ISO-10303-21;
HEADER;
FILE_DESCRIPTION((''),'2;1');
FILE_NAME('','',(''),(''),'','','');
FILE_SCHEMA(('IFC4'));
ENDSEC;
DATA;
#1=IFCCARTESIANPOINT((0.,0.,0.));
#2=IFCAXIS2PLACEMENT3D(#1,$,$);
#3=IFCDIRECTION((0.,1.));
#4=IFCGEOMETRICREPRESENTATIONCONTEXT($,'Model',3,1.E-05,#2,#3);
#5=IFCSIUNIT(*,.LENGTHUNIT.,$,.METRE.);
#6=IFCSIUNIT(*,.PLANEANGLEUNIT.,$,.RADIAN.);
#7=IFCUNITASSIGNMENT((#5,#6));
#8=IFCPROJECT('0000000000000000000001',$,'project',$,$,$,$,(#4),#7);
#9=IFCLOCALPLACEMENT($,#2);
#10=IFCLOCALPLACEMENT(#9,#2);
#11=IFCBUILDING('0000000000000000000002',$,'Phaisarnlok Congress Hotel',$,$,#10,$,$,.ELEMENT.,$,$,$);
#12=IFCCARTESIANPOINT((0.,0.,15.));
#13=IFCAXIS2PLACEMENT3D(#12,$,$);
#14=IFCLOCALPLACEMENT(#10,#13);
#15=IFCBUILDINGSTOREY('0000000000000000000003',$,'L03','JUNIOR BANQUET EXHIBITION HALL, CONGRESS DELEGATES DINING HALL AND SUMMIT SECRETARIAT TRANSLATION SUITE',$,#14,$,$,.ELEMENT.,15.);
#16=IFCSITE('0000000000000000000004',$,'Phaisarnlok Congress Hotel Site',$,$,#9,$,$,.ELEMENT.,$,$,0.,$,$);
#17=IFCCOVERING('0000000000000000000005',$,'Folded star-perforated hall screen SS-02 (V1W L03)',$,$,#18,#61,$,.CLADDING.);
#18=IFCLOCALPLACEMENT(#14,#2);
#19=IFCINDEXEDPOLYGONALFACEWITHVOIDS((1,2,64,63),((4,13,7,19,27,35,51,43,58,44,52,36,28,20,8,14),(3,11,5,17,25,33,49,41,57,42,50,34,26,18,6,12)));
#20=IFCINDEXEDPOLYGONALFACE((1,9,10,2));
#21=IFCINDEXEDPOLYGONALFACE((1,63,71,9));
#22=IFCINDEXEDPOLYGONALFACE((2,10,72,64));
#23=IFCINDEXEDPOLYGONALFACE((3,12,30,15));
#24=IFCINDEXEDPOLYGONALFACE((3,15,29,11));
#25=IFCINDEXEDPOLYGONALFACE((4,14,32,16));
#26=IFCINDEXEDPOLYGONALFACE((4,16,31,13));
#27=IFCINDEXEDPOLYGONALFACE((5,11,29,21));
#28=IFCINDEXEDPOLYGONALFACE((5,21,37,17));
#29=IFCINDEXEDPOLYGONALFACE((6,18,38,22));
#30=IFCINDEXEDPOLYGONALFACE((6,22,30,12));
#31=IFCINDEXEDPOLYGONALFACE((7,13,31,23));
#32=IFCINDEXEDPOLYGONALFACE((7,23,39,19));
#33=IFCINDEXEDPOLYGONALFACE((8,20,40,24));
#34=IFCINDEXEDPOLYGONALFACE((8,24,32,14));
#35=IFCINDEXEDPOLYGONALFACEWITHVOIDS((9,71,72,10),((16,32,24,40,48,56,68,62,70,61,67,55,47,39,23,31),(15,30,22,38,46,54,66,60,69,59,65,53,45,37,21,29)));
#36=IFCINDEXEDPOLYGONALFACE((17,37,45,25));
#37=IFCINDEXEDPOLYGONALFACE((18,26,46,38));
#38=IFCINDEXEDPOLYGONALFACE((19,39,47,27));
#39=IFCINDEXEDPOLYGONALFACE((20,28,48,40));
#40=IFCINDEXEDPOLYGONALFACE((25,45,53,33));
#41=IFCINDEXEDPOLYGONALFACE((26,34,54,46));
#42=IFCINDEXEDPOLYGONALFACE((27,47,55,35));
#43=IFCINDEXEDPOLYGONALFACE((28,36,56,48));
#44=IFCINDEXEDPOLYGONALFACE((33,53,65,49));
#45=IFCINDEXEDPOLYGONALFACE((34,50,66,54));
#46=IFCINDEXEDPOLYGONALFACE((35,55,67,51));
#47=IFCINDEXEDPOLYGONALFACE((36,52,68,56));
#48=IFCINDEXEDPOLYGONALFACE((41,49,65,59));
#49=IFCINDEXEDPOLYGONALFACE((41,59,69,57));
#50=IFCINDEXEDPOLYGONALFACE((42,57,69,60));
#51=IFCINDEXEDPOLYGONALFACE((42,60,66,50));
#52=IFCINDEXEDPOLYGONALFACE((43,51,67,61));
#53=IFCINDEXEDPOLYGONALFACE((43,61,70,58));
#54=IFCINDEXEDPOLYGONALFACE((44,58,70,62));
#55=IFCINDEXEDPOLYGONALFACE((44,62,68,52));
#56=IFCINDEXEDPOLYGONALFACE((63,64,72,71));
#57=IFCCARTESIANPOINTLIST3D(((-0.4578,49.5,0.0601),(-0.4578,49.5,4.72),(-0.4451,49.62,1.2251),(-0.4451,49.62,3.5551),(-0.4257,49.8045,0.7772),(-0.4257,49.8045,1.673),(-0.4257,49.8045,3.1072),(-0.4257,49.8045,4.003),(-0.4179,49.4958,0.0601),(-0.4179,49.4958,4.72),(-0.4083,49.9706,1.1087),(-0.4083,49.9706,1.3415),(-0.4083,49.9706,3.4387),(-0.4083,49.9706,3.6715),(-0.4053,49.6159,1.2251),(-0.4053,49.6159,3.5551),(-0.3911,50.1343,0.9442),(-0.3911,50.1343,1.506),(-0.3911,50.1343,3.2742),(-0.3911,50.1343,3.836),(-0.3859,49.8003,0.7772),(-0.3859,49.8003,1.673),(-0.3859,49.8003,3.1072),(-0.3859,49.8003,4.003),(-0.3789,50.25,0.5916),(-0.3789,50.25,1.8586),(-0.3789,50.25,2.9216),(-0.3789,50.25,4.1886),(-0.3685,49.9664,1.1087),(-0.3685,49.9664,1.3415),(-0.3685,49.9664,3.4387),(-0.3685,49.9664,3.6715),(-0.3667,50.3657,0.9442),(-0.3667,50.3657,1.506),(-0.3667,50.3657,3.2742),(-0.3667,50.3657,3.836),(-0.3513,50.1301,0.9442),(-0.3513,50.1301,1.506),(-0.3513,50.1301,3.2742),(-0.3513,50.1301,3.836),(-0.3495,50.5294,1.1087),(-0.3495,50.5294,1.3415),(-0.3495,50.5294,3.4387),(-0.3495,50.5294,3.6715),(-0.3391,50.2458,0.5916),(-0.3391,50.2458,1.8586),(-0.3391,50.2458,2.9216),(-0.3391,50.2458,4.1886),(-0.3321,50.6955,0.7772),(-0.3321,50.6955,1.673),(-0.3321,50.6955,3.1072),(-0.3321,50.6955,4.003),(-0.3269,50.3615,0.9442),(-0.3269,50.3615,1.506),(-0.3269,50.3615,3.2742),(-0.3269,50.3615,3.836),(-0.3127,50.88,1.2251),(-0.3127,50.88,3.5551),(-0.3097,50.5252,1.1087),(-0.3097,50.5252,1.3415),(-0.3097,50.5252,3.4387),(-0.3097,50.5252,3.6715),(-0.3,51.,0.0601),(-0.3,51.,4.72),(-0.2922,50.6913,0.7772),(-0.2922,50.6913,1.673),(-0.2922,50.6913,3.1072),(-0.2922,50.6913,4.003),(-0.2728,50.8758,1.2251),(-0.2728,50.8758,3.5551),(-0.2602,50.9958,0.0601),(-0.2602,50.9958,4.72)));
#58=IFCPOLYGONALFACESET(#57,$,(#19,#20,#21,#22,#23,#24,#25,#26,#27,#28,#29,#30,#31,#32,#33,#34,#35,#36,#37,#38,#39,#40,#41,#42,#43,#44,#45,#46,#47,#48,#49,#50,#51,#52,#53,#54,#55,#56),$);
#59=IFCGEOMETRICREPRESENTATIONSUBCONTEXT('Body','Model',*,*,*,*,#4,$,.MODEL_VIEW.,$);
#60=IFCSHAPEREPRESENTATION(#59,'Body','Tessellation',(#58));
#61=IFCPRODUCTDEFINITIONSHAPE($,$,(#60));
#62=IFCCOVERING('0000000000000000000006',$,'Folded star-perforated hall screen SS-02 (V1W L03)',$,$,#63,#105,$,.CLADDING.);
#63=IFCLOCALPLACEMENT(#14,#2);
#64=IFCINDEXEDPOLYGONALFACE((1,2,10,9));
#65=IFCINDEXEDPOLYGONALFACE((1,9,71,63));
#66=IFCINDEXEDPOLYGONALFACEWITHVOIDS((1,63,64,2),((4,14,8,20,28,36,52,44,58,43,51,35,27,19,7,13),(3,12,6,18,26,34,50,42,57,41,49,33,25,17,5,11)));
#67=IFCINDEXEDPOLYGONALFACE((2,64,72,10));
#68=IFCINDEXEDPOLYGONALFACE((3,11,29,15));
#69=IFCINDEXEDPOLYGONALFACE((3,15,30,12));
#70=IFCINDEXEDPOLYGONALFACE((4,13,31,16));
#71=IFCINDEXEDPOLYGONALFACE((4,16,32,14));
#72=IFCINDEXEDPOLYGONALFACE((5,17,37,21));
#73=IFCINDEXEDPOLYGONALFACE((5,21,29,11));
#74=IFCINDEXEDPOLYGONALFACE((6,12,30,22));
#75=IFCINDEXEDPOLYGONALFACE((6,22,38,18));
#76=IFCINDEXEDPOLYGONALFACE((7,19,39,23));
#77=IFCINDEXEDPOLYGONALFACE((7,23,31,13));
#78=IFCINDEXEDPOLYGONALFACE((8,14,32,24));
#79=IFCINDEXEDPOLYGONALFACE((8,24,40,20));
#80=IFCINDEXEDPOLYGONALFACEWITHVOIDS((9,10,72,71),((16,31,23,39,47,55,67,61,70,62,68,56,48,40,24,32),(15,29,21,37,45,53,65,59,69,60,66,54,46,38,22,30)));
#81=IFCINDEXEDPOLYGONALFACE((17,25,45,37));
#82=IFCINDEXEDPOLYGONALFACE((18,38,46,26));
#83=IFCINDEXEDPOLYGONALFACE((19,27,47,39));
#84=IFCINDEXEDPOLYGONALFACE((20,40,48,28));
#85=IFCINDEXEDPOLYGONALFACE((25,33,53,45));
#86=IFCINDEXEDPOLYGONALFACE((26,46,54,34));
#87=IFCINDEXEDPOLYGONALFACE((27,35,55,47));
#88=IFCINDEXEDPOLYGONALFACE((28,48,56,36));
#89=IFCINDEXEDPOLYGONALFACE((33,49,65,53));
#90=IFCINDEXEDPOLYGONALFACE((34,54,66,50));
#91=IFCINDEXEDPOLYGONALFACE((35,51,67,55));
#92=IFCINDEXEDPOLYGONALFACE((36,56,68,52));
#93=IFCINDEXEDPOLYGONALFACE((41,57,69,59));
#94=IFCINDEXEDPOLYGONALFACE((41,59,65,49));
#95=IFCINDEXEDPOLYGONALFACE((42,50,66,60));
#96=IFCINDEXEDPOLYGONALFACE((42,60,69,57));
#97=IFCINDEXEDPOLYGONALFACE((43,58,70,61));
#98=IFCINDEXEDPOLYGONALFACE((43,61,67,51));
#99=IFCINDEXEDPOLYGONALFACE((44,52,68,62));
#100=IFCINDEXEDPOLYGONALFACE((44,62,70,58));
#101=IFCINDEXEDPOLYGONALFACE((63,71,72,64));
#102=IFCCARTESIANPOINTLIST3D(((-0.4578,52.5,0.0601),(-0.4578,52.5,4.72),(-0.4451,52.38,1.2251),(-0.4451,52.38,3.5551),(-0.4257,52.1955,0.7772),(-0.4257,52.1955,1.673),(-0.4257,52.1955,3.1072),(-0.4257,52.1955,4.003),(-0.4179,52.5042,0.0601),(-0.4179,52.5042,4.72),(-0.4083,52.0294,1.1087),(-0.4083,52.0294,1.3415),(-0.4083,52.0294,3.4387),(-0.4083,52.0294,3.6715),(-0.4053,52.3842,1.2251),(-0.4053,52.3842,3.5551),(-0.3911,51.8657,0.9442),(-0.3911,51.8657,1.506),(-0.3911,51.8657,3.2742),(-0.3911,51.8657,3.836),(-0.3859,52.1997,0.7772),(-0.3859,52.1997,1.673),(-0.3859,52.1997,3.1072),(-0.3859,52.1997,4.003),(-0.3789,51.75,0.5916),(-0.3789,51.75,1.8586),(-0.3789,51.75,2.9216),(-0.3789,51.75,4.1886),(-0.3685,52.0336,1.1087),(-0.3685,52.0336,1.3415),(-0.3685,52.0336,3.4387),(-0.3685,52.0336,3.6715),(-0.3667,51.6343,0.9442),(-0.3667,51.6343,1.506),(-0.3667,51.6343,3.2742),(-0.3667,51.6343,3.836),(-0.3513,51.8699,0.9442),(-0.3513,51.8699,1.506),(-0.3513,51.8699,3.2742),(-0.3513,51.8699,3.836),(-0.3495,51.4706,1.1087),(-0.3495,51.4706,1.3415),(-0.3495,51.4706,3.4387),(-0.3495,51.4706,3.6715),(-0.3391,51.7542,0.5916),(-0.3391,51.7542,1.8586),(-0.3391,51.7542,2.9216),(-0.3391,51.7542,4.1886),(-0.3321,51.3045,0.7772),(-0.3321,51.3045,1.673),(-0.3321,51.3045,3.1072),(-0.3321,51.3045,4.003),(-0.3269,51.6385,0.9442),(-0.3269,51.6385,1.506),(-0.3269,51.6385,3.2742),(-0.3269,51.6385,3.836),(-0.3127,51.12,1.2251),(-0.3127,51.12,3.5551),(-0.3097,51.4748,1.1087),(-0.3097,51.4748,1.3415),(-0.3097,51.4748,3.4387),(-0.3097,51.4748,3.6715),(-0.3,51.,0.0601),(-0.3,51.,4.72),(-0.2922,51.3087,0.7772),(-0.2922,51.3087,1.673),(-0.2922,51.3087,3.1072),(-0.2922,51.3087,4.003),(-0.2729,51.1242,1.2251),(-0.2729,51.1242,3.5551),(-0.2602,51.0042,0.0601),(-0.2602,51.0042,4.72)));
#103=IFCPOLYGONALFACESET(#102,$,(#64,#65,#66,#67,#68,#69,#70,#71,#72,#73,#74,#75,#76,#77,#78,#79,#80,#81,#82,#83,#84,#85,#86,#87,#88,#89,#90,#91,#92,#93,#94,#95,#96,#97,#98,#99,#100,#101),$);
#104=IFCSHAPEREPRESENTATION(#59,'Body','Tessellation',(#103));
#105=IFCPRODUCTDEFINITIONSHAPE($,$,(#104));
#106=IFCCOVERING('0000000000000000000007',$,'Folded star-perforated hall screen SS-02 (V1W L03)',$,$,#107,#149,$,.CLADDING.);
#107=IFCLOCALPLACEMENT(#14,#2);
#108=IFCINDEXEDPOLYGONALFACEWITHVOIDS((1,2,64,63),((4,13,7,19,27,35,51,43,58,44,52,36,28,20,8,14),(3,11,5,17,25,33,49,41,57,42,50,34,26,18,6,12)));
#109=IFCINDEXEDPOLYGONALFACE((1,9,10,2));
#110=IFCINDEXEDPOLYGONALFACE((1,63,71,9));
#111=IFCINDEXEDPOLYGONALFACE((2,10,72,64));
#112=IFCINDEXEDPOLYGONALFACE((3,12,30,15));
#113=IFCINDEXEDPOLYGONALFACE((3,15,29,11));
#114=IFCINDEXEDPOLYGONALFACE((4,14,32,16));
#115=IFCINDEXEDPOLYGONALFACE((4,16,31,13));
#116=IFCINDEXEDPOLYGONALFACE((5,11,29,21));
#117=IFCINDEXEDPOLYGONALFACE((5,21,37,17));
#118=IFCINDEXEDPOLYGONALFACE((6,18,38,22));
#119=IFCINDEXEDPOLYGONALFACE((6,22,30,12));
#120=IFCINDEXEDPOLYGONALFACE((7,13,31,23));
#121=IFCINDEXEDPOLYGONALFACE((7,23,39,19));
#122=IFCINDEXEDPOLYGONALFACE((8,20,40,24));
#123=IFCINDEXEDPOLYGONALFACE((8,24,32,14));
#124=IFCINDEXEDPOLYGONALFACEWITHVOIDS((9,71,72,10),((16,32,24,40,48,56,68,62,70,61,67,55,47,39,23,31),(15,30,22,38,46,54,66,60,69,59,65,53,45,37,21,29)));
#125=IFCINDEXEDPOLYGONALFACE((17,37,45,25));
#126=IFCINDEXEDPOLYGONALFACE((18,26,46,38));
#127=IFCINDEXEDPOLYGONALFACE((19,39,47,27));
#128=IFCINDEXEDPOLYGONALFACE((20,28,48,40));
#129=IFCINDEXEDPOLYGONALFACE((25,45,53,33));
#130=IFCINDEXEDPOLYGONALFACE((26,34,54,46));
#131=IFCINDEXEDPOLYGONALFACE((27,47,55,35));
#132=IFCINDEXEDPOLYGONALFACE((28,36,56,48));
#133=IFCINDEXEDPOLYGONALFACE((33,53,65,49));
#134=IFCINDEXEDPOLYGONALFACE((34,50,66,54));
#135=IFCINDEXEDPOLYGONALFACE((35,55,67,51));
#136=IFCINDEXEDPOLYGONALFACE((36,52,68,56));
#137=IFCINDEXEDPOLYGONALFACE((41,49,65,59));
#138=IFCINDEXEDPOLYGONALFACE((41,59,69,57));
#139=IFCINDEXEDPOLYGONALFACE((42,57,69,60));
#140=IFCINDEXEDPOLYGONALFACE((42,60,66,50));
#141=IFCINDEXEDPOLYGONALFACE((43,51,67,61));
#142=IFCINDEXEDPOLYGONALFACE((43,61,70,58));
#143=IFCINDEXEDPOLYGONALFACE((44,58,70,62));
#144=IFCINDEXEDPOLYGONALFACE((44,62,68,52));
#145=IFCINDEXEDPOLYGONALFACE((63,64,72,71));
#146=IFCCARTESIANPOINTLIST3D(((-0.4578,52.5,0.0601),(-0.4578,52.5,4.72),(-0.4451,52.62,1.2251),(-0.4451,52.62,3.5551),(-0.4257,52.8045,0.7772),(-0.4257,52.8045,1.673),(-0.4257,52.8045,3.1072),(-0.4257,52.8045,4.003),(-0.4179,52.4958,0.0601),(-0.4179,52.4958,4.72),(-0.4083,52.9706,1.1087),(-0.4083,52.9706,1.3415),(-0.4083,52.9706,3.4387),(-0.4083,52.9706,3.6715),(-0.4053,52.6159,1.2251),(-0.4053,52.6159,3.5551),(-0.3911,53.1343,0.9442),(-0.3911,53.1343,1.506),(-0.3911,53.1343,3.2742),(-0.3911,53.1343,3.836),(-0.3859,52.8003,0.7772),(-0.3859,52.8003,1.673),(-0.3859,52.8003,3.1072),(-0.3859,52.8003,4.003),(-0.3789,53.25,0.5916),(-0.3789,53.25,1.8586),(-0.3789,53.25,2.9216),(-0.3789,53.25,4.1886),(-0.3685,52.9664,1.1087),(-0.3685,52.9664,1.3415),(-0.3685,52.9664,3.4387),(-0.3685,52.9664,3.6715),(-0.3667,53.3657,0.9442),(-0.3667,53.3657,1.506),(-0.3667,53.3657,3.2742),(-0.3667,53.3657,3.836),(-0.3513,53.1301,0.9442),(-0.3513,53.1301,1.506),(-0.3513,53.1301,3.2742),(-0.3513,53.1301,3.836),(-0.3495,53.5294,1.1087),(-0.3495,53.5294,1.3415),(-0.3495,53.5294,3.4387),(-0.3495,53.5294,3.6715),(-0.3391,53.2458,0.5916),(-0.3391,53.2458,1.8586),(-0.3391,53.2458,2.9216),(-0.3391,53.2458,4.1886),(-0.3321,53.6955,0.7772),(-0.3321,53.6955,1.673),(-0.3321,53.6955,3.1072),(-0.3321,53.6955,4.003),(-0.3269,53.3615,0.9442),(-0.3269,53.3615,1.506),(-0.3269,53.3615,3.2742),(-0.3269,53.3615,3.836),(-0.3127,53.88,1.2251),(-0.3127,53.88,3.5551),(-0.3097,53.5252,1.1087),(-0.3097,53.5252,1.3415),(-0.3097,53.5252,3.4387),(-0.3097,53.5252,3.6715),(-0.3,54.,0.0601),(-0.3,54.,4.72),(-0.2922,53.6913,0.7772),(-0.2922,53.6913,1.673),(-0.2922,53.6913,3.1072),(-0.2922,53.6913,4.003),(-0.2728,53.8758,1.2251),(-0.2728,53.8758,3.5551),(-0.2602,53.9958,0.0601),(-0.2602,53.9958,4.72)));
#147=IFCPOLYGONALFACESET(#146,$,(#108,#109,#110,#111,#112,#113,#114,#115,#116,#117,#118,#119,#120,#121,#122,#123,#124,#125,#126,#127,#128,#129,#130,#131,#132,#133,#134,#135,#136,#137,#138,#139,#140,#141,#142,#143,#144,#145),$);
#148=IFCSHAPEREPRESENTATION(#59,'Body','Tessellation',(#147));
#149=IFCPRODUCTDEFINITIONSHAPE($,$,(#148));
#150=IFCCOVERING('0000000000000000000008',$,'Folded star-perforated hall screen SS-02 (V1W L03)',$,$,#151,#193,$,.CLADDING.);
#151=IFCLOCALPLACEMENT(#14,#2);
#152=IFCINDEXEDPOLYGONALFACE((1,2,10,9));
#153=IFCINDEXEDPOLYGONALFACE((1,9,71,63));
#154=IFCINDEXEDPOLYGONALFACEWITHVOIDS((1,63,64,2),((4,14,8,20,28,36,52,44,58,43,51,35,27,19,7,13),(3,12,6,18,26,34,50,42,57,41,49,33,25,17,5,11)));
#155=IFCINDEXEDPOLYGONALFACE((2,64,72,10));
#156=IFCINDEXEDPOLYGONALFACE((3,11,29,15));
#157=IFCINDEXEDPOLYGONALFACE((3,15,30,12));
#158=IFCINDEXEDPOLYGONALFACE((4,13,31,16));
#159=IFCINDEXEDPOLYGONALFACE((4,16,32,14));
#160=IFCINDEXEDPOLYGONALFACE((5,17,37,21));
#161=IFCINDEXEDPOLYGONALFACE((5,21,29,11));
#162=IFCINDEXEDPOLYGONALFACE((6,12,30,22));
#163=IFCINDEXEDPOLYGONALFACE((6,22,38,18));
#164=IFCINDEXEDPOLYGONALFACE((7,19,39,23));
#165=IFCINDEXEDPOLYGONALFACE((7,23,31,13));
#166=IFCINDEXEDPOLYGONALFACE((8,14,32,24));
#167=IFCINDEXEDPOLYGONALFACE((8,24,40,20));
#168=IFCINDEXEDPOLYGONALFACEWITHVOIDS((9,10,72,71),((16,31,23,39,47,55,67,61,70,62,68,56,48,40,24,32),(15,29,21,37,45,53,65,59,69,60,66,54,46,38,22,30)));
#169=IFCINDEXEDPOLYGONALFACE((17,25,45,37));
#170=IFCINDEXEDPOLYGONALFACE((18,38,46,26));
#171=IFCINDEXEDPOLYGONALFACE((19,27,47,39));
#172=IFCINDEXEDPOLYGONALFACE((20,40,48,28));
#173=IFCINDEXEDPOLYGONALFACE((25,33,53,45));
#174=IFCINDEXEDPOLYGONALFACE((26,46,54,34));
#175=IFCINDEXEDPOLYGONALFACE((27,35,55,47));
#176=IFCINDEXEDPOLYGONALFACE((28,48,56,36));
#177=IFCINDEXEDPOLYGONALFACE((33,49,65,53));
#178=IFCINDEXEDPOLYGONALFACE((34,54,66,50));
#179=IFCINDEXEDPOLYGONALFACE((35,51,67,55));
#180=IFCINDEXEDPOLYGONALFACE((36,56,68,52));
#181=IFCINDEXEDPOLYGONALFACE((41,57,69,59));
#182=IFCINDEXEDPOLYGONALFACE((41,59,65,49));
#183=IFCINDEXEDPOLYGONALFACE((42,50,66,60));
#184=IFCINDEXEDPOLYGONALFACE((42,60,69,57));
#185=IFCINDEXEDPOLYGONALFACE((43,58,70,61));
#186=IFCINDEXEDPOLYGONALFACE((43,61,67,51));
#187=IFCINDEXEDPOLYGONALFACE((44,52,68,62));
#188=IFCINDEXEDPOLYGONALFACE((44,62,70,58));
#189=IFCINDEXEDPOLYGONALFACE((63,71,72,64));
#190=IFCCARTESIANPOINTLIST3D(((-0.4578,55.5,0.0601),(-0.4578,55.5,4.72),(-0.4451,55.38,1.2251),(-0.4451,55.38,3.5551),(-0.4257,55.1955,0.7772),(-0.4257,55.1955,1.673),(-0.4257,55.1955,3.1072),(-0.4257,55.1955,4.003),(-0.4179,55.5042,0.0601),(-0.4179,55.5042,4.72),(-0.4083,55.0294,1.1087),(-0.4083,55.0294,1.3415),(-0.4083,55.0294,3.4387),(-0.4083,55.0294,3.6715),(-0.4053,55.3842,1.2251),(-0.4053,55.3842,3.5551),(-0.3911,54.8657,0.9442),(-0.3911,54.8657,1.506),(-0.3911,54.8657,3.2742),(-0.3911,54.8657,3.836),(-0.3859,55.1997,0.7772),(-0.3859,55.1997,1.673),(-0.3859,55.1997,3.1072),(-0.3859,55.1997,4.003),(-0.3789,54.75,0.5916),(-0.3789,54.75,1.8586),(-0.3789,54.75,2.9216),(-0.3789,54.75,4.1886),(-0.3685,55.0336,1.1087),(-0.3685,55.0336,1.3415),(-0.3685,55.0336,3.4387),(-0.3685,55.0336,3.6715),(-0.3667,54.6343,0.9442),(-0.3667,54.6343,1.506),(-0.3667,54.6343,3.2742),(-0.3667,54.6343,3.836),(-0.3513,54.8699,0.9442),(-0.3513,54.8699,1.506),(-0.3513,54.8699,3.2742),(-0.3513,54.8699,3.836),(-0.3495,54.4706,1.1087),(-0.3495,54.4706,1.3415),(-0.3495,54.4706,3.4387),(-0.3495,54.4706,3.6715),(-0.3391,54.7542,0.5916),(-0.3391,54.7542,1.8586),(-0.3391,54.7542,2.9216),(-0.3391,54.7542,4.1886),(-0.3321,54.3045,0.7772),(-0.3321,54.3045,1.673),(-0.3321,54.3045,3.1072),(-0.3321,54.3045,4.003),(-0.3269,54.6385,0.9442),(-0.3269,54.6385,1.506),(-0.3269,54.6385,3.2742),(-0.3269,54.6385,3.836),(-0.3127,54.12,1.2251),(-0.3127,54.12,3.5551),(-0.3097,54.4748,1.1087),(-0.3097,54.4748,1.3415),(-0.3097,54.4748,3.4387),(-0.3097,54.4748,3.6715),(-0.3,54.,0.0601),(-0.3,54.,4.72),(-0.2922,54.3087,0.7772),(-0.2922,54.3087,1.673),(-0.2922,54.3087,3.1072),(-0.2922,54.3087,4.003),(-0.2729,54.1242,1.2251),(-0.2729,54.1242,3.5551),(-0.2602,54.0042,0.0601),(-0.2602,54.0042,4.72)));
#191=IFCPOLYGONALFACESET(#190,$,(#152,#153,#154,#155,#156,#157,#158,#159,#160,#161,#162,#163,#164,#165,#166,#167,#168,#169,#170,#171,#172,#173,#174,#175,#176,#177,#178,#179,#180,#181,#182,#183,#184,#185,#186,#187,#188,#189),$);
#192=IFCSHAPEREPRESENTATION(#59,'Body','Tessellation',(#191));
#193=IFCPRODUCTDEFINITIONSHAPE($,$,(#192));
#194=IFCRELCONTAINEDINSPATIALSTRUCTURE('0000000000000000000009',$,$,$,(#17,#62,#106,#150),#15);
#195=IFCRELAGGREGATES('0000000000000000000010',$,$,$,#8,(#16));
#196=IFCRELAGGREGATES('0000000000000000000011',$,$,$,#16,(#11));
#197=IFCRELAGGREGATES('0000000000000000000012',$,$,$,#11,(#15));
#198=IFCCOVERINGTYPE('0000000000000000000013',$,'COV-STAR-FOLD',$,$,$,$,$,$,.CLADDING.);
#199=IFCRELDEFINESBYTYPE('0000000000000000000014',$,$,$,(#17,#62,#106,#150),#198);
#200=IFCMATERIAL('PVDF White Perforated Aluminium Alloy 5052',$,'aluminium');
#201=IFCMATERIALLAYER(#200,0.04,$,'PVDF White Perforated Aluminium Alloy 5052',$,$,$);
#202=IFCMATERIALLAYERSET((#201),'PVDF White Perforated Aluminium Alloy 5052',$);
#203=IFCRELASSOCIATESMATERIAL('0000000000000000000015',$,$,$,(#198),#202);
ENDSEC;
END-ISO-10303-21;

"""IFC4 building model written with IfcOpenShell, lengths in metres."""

from ifc_helpers import new_model, si_unit, direction, frame, origin, place, context, subcontext, project, spatial, polyline, outline, extrude, material, layer, layer_set, type_object, element, save


model = new_model("IFC4")

# Units and contexts
model_context = context("Model", 3, precision=1e-05, world=origin(), true_north=direction((0.0, 1.0)))
body_context = subcontext(model_context, "Body", "Model", "MODEL_VIEW")
ifc_project = project(units=[si_unit("LENGTHUNIT", "METRE"), si_unit("PLANEANGLEUNIT", "RADIAN")], contexts=[model_context])

# Site, building, storey
site_placement = place(None, origin())
site = spatial("IfcSite", under=ifc_project, at=site_placement, Name="Phaisarnlok Congress Hotel Site", CompositionType="ELEMENT", RefElevation=0.0)
building_placement = place(site_placement, origin())
building = spatial("IfcBuilding", under=site, at=building_placement, Name="Phaisarnlok Congress Hotel", CompositionType="ELEMENT")
storey_placement = place(building_placement, frame((0.0, 0.0, 15.0)))
storey = spatial("IfcBuildingStorey", under=building, at=storey_placement, Name="L03", Description="JUNIOR BANQUET EXHIBITION HALL, CONGRESS DELEGATES DINING HALL AND SUMMIT SECRETARIAT TRANSLATION SUITE", CompositionType="ELEMENT", Elevation=15.0)

# Coverings
ifc_material_1 = material(Name="PVDF White Perforated Aluminium Alloy 5052", Category="aluminium")
ifc_layer = layer(ifc_material_1, 0.04, Name="PVDF White Perforated Aluminium Alloy 5052")
ifc_layer_set = layer_set([ifc_layer], Name="PVDF White Perforated Aluminium Alloy 5052")
covering_type = type_object("IfcCoveringType", Name="COV-STAR-FOLD", PredefinedType="CLADDING", material=ifc_layer_set)
for number, where, z_axis, x_axis, name in (
    (1, (-0.4578, 49.5, 0.0601), (0.994518, -0.104567, 0.0), (0.104567, 0.994518, 0.0), "Folded star-perforated hall screen SS-02 (V1W L03)"),
    (2, (-0.3, 51.0, 0.0601), (0.994518, 0.104567, 0.0), (-0.104567, 0.994518, 0.0), "Folded star-perforated hall screen SS-02 (V1W L03)"),
    (3, (-0.4578, 52.5, 0.0601), (0.994518, -0.104567, 0.0), (0.104567, 0.994518, 0.0), "Folded star-perforated hall screen SS-02 (V1W L03)"),
    (4, (-0.3, 54.0, 0.0601), (0.994518, 0.104567, 0.0), (-0.104567, 0.994518, 0.0), "Folded star-perforated hall screen SS-02 (V1W L03)"),
):
    element("IfcCovering", number, at=place(storey_placement, frame(where, z_axis=z_axis, x_axis=x_axis)), inside=storey, type_object=covering_type, Name=name, PredefinedType="CLADDING", context=body_context, shape_type="SweptSolid", body=[
        extrude(outline(polyline([(0.0, 0.0), (1.5083, 0.0), (1.5083, 4.6599), (0.0, 4.6599), (0.0, 0.0)]), holes=[polyline([(1.0351, 1.0486), (1.2021, 0.7171), (0.8705, 0.8841), (0.7541, 0.5315), (0.6378, 0.8841), (0.3062, 0.7171), (0.4732, 1.0486), (0.1207, 1.165), (0.4732, 1.2814), (0.3062, 1.6129), (0.6378, 1.4459), (0.7541, 1.7985), (0.8705, 1.4459), (1.2021, 1.6129), (1.0351, 1.2814), (1.3876, 1.165), (1.0351, 1.0486)]), polyline([(1.0351, 3.3786), (1.2021, 3.0471), (0.8705, 3.2141), (0.7541, 2.8615), (0.6378, 3.2141), (0.3062, 3.0471), (0.4732, 3.3786), (0.1207, 3.495), (0.4732, 3.6114), (0.3062, 3.9429), (0.6378, 3.7759), (0.7541, 4.1285), (0.8705, 3.7759), (1.2021, 3.9429), (1.0351, 3.6114), (1.3876, 3.495), (1.0351, 3.3786)])]), origin(), (0.0, 0.0, 1.0), 0.04),
    ])

save(model, "model.ifc")
